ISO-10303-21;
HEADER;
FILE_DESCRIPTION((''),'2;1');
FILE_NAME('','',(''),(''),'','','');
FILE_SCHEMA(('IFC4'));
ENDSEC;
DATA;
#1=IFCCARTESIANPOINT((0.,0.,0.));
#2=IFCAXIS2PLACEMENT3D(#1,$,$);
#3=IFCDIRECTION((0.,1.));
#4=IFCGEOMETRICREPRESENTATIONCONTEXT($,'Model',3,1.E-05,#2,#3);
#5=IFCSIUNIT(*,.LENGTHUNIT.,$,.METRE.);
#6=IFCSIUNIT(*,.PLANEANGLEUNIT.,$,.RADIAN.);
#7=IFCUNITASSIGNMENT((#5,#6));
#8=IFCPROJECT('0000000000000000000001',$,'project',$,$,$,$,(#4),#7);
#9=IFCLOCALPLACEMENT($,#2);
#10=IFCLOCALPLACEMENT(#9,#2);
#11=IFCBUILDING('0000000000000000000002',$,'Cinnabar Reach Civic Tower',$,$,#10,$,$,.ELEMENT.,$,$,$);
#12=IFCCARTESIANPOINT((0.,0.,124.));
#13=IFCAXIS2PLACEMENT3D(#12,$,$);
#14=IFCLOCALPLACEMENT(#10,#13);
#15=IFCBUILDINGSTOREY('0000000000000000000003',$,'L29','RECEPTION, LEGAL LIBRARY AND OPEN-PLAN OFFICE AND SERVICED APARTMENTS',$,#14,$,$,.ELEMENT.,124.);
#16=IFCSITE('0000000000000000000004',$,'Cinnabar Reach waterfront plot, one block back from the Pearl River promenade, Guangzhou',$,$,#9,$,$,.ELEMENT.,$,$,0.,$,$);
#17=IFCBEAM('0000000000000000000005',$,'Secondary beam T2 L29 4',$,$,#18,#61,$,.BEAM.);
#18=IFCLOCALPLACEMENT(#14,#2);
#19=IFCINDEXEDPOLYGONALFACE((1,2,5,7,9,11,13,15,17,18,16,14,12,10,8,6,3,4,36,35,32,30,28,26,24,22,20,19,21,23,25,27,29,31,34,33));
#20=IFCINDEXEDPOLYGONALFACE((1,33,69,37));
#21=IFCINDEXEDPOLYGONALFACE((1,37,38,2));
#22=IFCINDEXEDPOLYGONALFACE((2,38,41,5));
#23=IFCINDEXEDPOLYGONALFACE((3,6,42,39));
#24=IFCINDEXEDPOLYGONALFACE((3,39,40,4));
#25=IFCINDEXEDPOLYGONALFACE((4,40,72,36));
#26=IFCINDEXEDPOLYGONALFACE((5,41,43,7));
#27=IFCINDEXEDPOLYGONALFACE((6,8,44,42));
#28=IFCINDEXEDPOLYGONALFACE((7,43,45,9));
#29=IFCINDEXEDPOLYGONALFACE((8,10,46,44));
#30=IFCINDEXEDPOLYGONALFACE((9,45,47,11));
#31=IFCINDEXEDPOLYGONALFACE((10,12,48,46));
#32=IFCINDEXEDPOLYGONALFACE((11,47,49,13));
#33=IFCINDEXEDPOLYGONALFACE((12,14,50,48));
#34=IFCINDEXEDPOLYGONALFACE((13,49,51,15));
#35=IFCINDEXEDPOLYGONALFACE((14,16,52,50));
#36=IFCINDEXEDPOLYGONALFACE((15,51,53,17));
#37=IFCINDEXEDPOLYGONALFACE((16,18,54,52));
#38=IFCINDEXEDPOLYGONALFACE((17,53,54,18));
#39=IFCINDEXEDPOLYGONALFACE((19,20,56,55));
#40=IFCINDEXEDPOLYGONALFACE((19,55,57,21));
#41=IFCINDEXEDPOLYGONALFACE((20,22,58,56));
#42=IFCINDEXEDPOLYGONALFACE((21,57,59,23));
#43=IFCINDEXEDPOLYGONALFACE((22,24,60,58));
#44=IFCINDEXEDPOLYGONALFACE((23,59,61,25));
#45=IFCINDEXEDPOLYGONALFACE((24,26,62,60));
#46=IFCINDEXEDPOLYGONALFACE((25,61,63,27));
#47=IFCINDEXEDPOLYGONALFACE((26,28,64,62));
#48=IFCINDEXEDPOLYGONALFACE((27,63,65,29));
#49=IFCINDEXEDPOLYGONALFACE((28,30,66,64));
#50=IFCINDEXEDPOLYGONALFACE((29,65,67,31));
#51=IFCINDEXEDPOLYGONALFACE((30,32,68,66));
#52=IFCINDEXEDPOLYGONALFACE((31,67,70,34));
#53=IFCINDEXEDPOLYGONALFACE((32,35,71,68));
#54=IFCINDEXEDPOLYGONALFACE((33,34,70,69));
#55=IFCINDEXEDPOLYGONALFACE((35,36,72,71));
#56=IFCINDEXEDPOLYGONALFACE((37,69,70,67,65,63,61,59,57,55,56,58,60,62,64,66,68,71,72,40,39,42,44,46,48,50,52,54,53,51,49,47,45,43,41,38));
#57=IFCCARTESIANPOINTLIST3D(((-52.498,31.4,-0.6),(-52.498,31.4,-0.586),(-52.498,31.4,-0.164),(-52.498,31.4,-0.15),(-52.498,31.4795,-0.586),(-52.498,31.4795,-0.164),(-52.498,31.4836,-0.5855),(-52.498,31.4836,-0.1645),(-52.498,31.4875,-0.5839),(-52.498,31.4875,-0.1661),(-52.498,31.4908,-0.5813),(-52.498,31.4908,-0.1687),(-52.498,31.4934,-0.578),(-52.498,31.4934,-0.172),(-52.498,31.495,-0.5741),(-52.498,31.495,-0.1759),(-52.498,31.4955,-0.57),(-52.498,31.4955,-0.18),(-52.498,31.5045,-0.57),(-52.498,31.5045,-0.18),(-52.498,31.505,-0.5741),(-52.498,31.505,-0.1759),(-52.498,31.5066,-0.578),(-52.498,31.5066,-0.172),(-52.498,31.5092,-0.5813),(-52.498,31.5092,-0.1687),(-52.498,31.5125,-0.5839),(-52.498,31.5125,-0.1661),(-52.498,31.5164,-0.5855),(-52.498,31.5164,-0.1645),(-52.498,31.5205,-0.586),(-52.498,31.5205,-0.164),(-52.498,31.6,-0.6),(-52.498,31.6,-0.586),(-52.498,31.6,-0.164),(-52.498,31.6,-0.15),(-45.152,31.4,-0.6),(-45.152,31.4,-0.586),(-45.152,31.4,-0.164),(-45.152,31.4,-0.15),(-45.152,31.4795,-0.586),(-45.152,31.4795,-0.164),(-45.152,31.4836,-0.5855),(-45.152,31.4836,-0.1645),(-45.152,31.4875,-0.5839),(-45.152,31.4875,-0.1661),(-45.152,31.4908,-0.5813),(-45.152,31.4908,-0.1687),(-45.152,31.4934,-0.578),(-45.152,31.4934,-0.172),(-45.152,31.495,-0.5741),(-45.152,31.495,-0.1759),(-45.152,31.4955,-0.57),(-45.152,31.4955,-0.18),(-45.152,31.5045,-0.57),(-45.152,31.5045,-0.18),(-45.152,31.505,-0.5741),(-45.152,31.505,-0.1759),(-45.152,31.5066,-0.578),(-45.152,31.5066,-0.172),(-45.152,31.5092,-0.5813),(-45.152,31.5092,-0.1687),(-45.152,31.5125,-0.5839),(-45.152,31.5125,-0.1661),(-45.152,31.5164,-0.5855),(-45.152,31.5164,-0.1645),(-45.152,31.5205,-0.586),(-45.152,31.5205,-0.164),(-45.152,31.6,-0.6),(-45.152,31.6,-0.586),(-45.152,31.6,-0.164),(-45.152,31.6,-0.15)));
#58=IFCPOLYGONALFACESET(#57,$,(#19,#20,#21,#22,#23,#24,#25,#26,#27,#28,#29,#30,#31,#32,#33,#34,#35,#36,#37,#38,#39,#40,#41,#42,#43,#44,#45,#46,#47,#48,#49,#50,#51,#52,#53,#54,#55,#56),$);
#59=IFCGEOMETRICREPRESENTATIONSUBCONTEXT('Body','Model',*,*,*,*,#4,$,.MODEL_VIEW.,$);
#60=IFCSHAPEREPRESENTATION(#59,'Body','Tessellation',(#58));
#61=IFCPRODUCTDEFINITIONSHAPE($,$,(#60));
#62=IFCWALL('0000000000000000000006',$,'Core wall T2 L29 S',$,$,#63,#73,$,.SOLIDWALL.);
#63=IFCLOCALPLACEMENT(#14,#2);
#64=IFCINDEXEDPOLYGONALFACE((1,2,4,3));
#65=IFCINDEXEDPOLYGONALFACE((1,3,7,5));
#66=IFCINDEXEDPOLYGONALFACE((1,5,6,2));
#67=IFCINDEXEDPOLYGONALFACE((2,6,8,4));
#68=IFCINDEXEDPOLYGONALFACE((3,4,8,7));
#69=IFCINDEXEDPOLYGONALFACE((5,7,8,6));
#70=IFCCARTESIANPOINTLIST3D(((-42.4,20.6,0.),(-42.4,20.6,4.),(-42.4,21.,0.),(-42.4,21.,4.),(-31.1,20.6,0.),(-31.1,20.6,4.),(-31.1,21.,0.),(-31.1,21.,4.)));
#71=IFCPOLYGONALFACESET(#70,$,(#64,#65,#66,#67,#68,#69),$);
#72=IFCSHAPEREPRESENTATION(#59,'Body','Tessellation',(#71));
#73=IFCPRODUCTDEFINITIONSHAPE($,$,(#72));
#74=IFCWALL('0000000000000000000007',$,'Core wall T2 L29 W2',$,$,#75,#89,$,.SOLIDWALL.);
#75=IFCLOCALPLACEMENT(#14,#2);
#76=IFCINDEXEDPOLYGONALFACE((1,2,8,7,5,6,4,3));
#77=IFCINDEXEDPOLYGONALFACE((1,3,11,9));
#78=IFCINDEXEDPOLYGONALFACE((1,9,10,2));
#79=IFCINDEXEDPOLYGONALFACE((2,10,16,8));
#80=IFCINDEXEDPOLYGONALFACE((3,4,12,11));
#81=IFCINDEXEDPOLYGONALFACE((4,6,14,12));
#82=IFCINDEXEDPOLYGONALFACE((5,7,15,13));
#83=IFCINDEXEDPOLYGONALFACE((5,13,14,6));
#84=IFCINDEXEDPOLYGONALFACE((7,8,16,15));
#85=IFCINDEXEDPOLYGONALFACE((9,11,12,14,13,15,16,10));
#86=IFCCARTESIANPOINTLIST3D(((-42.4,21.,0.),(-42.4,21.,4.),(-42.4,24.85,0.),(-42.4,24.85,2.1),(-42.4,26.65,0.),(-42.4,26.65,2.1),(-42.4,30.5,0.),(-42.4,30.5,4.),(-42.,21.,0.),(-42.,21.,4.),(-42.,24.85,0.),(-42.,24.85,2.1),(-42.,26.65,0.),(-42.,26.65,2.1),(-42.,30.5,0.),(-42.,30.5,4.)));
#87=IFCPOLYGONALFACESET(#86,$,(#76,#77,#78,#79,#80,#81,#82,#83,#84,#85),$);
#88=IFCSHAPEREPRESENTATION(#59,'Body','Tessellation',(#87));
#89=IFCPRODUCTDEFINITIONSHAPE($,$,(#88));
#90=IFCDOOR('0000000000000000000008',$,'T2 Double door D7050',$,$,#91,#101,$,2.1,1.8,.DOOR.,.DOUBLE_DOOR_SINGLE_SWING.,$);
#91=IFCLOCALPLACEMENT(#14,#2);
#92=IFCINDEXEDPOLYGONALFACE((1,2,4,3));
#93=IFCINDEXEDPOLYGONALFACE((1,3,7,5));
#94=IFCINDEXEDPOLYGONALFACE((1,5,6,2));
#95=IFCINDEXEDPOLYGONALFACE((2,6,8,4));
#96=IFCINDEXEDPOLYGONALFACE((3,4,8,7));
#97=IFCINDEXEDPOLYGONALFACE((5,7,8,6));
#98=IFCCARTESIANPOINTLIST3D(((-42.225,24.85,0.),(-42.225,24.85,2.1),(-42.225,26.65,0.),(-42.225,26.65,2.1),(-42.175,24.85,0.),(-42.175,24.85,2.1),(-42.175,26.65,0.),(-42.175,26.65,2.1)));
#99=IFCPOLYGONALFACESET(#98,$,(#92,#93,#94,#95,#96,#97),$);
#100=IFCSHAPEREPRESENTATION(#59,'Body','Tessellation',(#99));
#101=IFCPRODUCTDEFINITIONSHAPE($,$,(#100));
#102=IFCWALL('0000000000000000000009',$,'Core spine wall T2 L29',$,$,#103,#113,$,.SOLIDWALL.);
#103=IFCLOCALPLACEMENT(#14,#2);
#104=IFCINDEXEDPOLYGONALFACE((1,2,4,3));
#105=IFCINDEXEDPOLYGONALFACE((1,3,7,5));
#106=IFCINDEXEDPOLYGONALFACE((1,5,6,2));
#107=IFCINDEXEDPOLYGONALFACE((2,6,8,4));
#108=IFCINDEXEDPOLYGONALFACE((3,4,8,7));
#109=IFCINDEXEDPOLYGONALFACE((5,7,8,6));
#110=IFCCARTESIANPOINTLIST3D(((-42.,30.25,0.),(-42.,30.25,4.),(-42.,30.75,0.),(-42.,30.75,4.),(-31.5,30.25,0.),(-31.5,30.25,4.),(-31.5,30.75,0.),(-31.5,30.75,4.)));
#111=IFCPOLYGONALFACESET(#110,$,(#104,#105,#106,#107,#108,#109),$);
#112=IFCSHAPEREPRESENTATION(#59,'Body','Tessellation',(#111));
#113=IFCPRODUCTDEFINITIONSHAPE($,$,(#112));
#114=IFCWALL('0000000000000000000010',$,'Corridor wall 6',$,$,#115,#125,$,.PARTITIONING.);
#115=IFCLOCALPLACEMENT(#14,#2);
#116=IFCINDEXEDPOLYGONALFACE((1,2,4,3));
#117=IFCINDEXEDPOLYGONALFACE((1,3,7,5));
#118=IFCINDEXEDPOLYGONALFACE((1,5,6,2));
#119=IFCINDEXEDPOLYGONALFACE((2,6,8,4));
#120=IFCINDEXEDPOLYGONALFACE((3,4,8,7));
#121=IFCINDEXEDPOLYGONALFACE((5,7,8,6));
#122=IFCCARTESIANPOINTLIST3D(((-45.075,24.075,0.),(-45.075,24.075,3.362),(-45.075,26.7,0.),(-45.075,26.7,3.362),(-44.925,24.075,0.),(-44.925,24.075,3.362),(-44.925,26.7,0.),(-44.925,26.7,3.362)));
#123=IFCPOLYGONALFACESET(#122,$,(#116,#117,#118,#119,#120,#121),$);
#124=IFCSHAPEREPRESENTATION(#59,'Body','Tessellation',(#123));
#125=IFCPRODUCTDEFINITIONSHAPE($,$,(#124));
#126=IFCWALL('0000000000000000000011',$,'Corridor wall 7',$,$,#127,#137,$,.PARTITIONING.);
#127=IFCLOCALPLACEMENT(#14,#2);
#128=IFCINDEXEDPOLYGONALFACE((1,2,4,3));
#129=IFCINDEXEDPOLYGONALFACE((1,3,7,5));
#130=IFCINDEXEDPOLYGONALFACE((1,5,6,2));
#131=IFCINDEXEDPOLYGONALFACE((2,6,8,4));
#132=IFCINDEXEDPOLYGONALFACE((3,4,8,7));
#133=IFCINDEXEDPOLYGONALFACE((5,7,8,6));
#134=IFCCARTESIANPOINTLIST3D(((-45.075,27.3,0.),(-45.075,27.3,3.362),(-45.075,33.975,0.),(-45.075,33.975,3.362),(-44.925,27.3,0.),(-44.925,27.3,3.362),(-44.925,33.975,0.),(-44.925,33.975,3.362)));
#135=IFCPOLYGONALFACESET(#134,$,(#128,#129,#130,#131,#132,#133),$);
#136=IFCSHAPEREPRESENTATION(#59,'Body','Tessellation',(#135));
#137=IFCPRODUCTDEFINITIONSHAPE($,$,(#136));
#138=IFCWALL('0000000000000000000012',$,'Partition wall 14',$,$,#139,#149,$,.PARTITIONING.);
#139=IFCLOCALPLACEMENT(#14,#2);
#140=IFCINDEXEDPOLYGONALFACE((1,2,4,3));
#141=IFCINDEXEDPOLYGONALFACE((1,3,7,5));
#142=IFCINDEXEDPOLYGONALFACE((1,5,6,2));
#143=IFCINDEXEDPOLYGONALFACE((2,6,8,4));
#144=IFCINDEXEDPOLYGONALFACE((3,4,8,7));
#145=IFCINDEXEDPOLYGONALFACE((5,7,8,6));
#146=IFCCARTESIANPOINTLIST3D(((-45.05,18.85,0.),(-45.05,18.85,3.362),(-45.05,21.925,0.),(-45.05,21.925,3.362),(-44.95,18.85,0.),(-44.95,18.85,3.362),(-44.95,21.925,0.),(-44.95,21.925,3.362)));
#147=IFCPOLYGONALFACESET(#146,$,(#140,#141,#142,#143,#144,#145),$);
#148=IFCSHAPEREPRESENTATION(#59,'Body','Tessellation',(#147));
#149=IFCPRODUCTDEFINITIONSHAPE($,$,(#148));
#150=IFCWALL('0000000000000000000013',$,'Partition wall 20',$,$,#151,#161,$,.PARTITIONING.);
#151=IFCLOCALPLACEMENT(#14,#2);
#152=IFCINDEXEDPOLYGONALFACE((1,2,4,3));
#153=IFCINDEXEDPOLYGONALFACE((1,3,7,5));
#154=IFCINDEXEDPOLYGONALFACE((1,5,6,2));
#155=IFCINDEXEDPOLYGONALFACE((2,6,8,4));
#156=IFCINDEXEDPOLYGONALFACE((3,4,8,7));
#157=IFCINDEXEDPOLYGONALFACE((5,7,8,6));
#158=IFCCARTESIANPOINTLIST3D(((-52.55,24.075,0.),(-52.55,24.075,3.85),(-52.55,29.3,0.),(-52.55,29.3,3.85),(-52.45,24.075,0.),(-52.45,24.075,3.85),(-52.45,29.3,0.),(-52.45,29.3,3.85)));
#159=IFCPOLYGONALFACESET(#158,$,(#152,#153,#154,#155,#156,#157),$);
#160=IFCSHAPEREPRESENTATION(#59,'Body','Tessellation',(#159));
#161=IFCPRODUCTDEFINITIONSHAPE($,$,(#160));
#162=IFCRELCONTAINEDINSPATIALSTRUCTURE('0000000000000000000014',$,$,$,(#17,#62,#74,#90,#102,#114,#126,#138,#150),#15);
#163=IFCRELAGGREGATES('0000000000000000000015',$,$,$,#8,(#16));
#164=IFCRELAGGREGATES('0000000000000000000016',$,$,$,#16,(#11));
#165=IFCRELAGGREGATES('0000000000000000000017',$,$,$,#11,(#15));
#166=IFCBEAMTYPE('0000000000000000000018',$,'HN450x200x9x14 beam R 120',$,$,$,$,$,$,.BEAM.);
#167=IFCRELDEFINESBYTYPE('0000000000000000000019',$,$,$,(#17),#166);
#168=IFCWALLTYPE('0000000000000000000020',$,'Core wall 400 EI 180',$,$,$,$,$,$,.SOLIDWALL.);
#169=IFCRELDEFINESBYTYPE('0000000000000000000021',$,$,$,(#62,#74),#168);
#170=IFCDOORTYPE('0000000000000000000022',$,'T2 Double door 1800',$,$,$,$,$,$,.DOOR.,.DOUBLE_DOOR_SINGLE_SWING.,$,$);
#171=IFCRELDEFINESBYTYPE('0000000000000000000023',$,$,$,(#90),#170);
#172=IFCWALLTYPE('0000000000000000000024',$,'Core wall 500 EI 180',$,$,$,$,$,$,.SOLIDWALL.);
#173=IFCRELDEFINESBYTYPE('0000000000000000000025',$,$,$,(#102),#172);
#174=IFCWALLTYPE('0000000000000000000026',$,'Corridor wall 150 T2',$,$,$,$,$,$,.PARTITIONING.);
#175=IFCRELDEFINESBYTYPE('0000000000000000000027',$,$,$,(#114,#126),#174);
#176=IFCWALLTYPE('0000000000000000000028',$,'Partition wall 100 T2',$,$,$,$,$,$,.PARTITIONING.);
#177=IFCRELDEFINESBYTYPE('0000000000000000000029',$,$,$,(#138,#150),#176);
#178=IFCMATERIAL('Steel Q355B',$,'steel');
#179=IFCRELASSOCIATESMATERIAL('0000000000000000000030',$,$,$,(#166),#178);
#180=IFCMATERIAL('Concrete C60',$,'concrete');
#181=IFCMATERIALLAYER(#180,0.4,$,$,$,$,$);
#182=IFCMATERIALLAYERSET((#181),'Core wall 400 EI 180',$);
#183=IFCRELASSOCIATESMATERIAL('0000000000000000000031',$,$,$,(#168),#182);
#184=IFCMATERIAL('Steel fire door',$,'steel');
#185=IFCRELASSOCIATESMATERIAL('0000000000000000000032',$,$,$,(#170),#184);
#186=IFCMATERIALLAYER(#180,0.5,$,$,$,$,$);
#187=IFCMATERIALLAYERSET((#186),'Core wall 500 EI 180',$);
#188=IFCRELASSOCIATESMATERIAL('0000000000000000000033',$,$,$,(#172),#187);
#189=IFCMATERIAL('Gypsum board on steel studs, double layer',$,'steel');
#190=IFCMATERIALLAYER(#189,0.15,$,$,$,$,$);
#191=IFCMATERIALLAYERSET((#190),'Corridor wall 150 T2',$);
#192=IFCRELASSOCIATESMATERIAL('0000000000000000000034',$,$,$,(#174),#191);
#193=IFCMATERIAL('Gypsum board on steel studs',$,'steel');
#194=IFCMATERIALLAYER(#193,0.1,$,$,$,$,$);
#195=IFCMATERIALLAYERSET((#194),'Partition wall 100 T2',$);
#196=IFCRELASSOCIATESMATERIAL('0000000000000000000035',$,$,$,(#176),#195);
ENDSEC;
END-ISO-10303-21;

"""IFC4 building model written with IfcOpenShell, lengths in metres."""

from ifc_helpers import new_model, si_unit, direction, frame, frame_2d, origin, origin_2d, place, context, subcontext, project, spatial, rectangle, i_section, extrude, material, layer, layer_set, material_profile, profile_set, type_object, element, fill, save


model = new_model("IFC4")

# Units and contexts
model_context = context("Model", 3, precision=1e-05, world=origin(), true_north=direction((0.0, 1.0)))
body_context = subcontext(model_context, "Body", "Model", "MODEL_VIEW")
ifc_project = project(units=[si_unit("LENGTHUNIT", "METRE"), si_unit("PLANEANGLEUNIT", "RADIAN")], contexts=[model_context])

# Site, building, storey
site_placement = place(None, origin())
site = spatial("IfcSite", under=ifc_project, at=site_placement, Name="Cinnabar Reach waterfront plot, one block back from the Pearl River promenade, Guangzhou", CompositionType="ELEMENT", RefElevation=0.0)
building_placement = place(site_placement, origin())
building = spatial("IfcBuilding", under=site, at=building_placement, Name="Cinnabar Reach Civic Tower", CompositionType="ELEMENT")
storey_placement = place(building_placement, frame((0.0, 0.0, 124.0)))
storey = spatial("IfcBuildingStorey", under=building, at=storey_placement, Name="L29", Description="RECEPTION, LEGAL LIBRARY AND OPEN-PLAN OFFICE AND SERVICED APARTMENTS", CompositionType="ELEMENT", Elevation=124.0)

# Shared definitions
ifc_material_1 = material(Name="Concrete C60", Category="concrete")

# Beam
ifc_material_2 = material(Name="Steel Q355B", Category="steel")
ifc_material_profile_1 = material_profile(ifc_material_2, i_section(OverallWidth=0.2, OverallDepth=0.45, WebThickness=0.009, FlangeThickness=0.014, FilletRadius=0.016, at=origin_2d()), Name="HN450x200x9x14")
ifc_profile_set_1 = profile_set([ifc_material_profile_1], Name="Steel Q355B")
beam_type_1 = type_object("IfcBeamType", Name="HN450x200x9x14 beam R 120", PredefinedType="BEAM", material=ifc_profile_set_1)
beam_1_placement = place(storey_placement, frame((-52.498, 31.5, -0.375), z_axis=(1.0, 0.0, 0.0), x_axis=(0.0, 1.0, 0.0)))
element("IfcBeam", 1, at=beam_1_placement, inside=storey, type_object=beam_type_1, Name="Secondary beam T2 L29 4", PredefinedType="BEAM", context=body_context, shape_type="SweptSolid", body=[
    extrude(i_section(OverallWidth=0.2, OverallDepth=0.45, WebThickness=0.009, FlangeThickness=0.014, FilletRadius=0.016, at=origin_2d()), origin(), (0.0, 0.0, 1.0), 7.346),
])

# Wall
ifc_layer_1 = layer(ifc_material_1, 0.4)
ifc_layer_set_1 = layer_set([ifc_layer_1], Name="Core wall 400 EI 180")
wall_type_1 = type_object("IfcWallType", Name="Core wall 400 EI 180", PredefinedType="SOLIDWALL", material=ifc_layer_set_1)
wall_1_placement = place(storey_placement, frame((-42.4, 20.8, 0.0), z_axis=(0.0, 0.0, 1.0), x_axis=(1.0, 0.0, 0.0)))
element("IfcWall", 2, at=wall_1_placement, inside=storey, type_object=wall_type_1, Name="Core wall T2 L29 S", PredefinedType="SOLIDWALL", context=body_context, shape_type="SweptSolid", body=[
    extrude(rectangle(XDim=11.3, YDim=0.4, at=frame_2d((5.65, 0.0))), origin(), (0.0, 0.0, 1.0), 4.0),
])

# Wall, opening, door
wall_2_placement = place(storey_placement, frame((-42.2, 30.5, 0.0), z_axis=(0.0, 0.0, 1.0), x_axis=(0.0, -1.0, 0.0)))
wall_2 = element("IfcWall", 3, at=wall_2_placement, inside=storey, type_object=wall_type_1, Name="Core wall T2 L29 W2", PredefinedType="SOLIDWALL", context=body_context, shape_type="SweptSolid", body=[
    extrude(rectangle(XDim=9.5, YDim=0.4, at=frame_2d((4.75, 0.0))), origin(), (0.0, 0.0, 1.0), 4.0),
])
opening_1_placement = place(wall_2_placement, frame((3.85, 0.0, 0.0)))
opening_1 = element("IfcOpeningElement", 4, at=opening_1_placement, cuts=wall_2, PredefinedType="OPENING", context=body_context, shape_type="SweptSolid", body=[
    extrude(rectangle(XDim=1.8, YDim=2.1, at=frame_2d((0.9, 1.05))), frame((0.0, 0.21, 0.0), z_axis=(0.0, -1.0, 0.0), x_axis=(1.0, 0.0, 0.0)), (0.0, 0.0, 1.0), 0.42),
])
ifc_material_3 = material(Name="Steel fire door", Category="steel")
door_type_1 = type_object("IfcDoorType", Name="T2 Double door 1800", OperationType="DOUBLE_DOOR_SINGLE_SWING", PredefinedType="DOOR", material=ifc_material_3)
door_1_placement = place(opening_1_placement, origin())
door_1 = element("IfcDoor", 5, at=door_1_placement, inside=storey, type_object=door_type_1, Name="T2 Double door D7050", OperationType="DOUBLE_DOOR_SINGLE_SWING", OverallHeight=2.1, OverallWidth=1.8, PredefinedType="DOOR", context=body_context, shape_type="SweptSolid", body=[
    extrude(rectangle(XDim=1.8, YDim=2.1, at=frame_2d((0.9, 1.05))), frame((0.0, 0.025, 0.0), z_axis=(0.0, -1.0, 0.0), x_axis=(1.0, 0.0, 0.0)), (0.0, 0.0, 1.0), 0.05),
])
fill(opening_1, door_1)

# Walls
ifc_layer_2 = layer(ifc_material_1, 0.5)
ifc_layer_set_2 = layer_set([ifc_layer_2], Name="Core wall 500 EI 180")
wall_type_2 = type_object("IfcWallType", Name="Core wall 500 EI 180", PredefinedType="SOLIDWALL", material=ifc_layer_set_2)
wall_3_placement = place(storey_placement, frame((-42.0, 30.5, 0.0), z_axis=(0.0, 0.0, 1.0), x_axis=(1.0, 0.0, 0.0)))
element("IfcWall", 6, at=wall_3_placement, inside=storey, type_object=wall_type_2, Name="Core spine wall T2 L29", PredefinedType="SOLIDWALL", context=body_context, shape_type="SweptSolid", body=[
    extrude(rectangle(XDim=10.5, YDim=0.5, at=frame_2d((5.25, 0.0))), origin(), (0.0, 0.0, 1.0), 4.0),
])
ifc_material_4 = material(Name="Gypsum board on steel studs, double layer", Category="steel")
ifc_layer_3 = layer(ifc_material_4, 0.15)
ifc_layer_set_3 = layer_set([ifc_layer_3], Name="Corridor wall 150 T2")
wall_type_3 = type_object("IfcWallType", Name="Corridor wall 150 T2", PredefinedType="PARTITIONING", material=ifc_layer_set_3)
wall_4_placement = place(storey_placement, frame((-45.0, 24.075, 0.0), z_axis=(0.0, 0.0, 1.0), x_axis=(0.0, 1.0, 0.0)))
element("IfcWall", 7, at=wall_4_placement, inside=storey, type_object=wall_type_3, Name="Corridor wall 6", PredefinedType="PARTITIONING", context=body_context, shape_type="SweptSolid", body=[
    extrude(rectangle(XDim=2.625, YDim=0.15, at=frame_2d((1.3125, 0.0))), origin(), (0.0, 0.0, 1.0), 3.362),
])
wall_5_placement = place(storey_placement, frame((-45.0, 27.3, 0.0), z_axis=(0.0, 0.0, 1.0), x_axis=(0.0, 1.0, 0.0)))
element("IfcWall", 8, at=wall_5_placement, inside=storey, type_object=wall_type_3, Name="Corridor wall 7", PredefinedType="PARTITIONING", context=body_context, shape_type="SweptSolid", body=[
    extrude(rectangle(XDim=6.675, YDim=0.15, at=frame_2d((3.3375, 0.0))), origin(), (0.0, 0.0, 1.0), 3.362),
])
ifc_material_5 = material(Name="Gypsum board on steel studs", Category="steel")
ifc_layer_4 = layer(ifc_material_5, 0.1)
ifc_layer_set_4 = layer_set([ifc_layer_4], Name="Partition wall 100 T2")
wall_type_4 = type_object("IfcWallType", Name="Partition wall 100 T2", PredefinedType="PARTITIONING", material=ifc_layer_set_4)
wall_6_placement = place(storey_placement, frame((-45.0, 18.85, 0.0), z_axis=(0.0, 0.0, 1.0), x_axis=(0.0, 1.0, 0.0)))
element("IfcWall", 9, at=wall_6_placement, inside=storey, type_object=wall_type_4, Name="Partition wall 14", PredefinedType="PARTITIONING", context=body_context, shape_type="SweptSolid", body=[
    extrude(rectangle(XDim=3.075, YDim=0.1, at=frame_2d((1.5375, 0.0))), origin(), (0.0, 0.0, 1.0), 3.362),
])
wall_7_placement = place(storey_placement, frame((-52.5, 24.075, 0.0), z_axis=(0.0, 0.0, 1.0), x_axis=(0.0, 1.0, 0.0)))
element("IfcWall", 10, at=wall_7_placement, inside=storey, type_object=wall_type_4, Name="Partition wall 20", PredefinedType="PARTITIONING", context=body_context, shape_type="SweptSolid", body=[
    extrude(rectangle(XDim=5.225, YDim=0.1, at=frame_2d((2.6125, 0.0))), origin(), (0.0, 0.0, 1.0), 3.85),
])

save(model, "model.ifc")
